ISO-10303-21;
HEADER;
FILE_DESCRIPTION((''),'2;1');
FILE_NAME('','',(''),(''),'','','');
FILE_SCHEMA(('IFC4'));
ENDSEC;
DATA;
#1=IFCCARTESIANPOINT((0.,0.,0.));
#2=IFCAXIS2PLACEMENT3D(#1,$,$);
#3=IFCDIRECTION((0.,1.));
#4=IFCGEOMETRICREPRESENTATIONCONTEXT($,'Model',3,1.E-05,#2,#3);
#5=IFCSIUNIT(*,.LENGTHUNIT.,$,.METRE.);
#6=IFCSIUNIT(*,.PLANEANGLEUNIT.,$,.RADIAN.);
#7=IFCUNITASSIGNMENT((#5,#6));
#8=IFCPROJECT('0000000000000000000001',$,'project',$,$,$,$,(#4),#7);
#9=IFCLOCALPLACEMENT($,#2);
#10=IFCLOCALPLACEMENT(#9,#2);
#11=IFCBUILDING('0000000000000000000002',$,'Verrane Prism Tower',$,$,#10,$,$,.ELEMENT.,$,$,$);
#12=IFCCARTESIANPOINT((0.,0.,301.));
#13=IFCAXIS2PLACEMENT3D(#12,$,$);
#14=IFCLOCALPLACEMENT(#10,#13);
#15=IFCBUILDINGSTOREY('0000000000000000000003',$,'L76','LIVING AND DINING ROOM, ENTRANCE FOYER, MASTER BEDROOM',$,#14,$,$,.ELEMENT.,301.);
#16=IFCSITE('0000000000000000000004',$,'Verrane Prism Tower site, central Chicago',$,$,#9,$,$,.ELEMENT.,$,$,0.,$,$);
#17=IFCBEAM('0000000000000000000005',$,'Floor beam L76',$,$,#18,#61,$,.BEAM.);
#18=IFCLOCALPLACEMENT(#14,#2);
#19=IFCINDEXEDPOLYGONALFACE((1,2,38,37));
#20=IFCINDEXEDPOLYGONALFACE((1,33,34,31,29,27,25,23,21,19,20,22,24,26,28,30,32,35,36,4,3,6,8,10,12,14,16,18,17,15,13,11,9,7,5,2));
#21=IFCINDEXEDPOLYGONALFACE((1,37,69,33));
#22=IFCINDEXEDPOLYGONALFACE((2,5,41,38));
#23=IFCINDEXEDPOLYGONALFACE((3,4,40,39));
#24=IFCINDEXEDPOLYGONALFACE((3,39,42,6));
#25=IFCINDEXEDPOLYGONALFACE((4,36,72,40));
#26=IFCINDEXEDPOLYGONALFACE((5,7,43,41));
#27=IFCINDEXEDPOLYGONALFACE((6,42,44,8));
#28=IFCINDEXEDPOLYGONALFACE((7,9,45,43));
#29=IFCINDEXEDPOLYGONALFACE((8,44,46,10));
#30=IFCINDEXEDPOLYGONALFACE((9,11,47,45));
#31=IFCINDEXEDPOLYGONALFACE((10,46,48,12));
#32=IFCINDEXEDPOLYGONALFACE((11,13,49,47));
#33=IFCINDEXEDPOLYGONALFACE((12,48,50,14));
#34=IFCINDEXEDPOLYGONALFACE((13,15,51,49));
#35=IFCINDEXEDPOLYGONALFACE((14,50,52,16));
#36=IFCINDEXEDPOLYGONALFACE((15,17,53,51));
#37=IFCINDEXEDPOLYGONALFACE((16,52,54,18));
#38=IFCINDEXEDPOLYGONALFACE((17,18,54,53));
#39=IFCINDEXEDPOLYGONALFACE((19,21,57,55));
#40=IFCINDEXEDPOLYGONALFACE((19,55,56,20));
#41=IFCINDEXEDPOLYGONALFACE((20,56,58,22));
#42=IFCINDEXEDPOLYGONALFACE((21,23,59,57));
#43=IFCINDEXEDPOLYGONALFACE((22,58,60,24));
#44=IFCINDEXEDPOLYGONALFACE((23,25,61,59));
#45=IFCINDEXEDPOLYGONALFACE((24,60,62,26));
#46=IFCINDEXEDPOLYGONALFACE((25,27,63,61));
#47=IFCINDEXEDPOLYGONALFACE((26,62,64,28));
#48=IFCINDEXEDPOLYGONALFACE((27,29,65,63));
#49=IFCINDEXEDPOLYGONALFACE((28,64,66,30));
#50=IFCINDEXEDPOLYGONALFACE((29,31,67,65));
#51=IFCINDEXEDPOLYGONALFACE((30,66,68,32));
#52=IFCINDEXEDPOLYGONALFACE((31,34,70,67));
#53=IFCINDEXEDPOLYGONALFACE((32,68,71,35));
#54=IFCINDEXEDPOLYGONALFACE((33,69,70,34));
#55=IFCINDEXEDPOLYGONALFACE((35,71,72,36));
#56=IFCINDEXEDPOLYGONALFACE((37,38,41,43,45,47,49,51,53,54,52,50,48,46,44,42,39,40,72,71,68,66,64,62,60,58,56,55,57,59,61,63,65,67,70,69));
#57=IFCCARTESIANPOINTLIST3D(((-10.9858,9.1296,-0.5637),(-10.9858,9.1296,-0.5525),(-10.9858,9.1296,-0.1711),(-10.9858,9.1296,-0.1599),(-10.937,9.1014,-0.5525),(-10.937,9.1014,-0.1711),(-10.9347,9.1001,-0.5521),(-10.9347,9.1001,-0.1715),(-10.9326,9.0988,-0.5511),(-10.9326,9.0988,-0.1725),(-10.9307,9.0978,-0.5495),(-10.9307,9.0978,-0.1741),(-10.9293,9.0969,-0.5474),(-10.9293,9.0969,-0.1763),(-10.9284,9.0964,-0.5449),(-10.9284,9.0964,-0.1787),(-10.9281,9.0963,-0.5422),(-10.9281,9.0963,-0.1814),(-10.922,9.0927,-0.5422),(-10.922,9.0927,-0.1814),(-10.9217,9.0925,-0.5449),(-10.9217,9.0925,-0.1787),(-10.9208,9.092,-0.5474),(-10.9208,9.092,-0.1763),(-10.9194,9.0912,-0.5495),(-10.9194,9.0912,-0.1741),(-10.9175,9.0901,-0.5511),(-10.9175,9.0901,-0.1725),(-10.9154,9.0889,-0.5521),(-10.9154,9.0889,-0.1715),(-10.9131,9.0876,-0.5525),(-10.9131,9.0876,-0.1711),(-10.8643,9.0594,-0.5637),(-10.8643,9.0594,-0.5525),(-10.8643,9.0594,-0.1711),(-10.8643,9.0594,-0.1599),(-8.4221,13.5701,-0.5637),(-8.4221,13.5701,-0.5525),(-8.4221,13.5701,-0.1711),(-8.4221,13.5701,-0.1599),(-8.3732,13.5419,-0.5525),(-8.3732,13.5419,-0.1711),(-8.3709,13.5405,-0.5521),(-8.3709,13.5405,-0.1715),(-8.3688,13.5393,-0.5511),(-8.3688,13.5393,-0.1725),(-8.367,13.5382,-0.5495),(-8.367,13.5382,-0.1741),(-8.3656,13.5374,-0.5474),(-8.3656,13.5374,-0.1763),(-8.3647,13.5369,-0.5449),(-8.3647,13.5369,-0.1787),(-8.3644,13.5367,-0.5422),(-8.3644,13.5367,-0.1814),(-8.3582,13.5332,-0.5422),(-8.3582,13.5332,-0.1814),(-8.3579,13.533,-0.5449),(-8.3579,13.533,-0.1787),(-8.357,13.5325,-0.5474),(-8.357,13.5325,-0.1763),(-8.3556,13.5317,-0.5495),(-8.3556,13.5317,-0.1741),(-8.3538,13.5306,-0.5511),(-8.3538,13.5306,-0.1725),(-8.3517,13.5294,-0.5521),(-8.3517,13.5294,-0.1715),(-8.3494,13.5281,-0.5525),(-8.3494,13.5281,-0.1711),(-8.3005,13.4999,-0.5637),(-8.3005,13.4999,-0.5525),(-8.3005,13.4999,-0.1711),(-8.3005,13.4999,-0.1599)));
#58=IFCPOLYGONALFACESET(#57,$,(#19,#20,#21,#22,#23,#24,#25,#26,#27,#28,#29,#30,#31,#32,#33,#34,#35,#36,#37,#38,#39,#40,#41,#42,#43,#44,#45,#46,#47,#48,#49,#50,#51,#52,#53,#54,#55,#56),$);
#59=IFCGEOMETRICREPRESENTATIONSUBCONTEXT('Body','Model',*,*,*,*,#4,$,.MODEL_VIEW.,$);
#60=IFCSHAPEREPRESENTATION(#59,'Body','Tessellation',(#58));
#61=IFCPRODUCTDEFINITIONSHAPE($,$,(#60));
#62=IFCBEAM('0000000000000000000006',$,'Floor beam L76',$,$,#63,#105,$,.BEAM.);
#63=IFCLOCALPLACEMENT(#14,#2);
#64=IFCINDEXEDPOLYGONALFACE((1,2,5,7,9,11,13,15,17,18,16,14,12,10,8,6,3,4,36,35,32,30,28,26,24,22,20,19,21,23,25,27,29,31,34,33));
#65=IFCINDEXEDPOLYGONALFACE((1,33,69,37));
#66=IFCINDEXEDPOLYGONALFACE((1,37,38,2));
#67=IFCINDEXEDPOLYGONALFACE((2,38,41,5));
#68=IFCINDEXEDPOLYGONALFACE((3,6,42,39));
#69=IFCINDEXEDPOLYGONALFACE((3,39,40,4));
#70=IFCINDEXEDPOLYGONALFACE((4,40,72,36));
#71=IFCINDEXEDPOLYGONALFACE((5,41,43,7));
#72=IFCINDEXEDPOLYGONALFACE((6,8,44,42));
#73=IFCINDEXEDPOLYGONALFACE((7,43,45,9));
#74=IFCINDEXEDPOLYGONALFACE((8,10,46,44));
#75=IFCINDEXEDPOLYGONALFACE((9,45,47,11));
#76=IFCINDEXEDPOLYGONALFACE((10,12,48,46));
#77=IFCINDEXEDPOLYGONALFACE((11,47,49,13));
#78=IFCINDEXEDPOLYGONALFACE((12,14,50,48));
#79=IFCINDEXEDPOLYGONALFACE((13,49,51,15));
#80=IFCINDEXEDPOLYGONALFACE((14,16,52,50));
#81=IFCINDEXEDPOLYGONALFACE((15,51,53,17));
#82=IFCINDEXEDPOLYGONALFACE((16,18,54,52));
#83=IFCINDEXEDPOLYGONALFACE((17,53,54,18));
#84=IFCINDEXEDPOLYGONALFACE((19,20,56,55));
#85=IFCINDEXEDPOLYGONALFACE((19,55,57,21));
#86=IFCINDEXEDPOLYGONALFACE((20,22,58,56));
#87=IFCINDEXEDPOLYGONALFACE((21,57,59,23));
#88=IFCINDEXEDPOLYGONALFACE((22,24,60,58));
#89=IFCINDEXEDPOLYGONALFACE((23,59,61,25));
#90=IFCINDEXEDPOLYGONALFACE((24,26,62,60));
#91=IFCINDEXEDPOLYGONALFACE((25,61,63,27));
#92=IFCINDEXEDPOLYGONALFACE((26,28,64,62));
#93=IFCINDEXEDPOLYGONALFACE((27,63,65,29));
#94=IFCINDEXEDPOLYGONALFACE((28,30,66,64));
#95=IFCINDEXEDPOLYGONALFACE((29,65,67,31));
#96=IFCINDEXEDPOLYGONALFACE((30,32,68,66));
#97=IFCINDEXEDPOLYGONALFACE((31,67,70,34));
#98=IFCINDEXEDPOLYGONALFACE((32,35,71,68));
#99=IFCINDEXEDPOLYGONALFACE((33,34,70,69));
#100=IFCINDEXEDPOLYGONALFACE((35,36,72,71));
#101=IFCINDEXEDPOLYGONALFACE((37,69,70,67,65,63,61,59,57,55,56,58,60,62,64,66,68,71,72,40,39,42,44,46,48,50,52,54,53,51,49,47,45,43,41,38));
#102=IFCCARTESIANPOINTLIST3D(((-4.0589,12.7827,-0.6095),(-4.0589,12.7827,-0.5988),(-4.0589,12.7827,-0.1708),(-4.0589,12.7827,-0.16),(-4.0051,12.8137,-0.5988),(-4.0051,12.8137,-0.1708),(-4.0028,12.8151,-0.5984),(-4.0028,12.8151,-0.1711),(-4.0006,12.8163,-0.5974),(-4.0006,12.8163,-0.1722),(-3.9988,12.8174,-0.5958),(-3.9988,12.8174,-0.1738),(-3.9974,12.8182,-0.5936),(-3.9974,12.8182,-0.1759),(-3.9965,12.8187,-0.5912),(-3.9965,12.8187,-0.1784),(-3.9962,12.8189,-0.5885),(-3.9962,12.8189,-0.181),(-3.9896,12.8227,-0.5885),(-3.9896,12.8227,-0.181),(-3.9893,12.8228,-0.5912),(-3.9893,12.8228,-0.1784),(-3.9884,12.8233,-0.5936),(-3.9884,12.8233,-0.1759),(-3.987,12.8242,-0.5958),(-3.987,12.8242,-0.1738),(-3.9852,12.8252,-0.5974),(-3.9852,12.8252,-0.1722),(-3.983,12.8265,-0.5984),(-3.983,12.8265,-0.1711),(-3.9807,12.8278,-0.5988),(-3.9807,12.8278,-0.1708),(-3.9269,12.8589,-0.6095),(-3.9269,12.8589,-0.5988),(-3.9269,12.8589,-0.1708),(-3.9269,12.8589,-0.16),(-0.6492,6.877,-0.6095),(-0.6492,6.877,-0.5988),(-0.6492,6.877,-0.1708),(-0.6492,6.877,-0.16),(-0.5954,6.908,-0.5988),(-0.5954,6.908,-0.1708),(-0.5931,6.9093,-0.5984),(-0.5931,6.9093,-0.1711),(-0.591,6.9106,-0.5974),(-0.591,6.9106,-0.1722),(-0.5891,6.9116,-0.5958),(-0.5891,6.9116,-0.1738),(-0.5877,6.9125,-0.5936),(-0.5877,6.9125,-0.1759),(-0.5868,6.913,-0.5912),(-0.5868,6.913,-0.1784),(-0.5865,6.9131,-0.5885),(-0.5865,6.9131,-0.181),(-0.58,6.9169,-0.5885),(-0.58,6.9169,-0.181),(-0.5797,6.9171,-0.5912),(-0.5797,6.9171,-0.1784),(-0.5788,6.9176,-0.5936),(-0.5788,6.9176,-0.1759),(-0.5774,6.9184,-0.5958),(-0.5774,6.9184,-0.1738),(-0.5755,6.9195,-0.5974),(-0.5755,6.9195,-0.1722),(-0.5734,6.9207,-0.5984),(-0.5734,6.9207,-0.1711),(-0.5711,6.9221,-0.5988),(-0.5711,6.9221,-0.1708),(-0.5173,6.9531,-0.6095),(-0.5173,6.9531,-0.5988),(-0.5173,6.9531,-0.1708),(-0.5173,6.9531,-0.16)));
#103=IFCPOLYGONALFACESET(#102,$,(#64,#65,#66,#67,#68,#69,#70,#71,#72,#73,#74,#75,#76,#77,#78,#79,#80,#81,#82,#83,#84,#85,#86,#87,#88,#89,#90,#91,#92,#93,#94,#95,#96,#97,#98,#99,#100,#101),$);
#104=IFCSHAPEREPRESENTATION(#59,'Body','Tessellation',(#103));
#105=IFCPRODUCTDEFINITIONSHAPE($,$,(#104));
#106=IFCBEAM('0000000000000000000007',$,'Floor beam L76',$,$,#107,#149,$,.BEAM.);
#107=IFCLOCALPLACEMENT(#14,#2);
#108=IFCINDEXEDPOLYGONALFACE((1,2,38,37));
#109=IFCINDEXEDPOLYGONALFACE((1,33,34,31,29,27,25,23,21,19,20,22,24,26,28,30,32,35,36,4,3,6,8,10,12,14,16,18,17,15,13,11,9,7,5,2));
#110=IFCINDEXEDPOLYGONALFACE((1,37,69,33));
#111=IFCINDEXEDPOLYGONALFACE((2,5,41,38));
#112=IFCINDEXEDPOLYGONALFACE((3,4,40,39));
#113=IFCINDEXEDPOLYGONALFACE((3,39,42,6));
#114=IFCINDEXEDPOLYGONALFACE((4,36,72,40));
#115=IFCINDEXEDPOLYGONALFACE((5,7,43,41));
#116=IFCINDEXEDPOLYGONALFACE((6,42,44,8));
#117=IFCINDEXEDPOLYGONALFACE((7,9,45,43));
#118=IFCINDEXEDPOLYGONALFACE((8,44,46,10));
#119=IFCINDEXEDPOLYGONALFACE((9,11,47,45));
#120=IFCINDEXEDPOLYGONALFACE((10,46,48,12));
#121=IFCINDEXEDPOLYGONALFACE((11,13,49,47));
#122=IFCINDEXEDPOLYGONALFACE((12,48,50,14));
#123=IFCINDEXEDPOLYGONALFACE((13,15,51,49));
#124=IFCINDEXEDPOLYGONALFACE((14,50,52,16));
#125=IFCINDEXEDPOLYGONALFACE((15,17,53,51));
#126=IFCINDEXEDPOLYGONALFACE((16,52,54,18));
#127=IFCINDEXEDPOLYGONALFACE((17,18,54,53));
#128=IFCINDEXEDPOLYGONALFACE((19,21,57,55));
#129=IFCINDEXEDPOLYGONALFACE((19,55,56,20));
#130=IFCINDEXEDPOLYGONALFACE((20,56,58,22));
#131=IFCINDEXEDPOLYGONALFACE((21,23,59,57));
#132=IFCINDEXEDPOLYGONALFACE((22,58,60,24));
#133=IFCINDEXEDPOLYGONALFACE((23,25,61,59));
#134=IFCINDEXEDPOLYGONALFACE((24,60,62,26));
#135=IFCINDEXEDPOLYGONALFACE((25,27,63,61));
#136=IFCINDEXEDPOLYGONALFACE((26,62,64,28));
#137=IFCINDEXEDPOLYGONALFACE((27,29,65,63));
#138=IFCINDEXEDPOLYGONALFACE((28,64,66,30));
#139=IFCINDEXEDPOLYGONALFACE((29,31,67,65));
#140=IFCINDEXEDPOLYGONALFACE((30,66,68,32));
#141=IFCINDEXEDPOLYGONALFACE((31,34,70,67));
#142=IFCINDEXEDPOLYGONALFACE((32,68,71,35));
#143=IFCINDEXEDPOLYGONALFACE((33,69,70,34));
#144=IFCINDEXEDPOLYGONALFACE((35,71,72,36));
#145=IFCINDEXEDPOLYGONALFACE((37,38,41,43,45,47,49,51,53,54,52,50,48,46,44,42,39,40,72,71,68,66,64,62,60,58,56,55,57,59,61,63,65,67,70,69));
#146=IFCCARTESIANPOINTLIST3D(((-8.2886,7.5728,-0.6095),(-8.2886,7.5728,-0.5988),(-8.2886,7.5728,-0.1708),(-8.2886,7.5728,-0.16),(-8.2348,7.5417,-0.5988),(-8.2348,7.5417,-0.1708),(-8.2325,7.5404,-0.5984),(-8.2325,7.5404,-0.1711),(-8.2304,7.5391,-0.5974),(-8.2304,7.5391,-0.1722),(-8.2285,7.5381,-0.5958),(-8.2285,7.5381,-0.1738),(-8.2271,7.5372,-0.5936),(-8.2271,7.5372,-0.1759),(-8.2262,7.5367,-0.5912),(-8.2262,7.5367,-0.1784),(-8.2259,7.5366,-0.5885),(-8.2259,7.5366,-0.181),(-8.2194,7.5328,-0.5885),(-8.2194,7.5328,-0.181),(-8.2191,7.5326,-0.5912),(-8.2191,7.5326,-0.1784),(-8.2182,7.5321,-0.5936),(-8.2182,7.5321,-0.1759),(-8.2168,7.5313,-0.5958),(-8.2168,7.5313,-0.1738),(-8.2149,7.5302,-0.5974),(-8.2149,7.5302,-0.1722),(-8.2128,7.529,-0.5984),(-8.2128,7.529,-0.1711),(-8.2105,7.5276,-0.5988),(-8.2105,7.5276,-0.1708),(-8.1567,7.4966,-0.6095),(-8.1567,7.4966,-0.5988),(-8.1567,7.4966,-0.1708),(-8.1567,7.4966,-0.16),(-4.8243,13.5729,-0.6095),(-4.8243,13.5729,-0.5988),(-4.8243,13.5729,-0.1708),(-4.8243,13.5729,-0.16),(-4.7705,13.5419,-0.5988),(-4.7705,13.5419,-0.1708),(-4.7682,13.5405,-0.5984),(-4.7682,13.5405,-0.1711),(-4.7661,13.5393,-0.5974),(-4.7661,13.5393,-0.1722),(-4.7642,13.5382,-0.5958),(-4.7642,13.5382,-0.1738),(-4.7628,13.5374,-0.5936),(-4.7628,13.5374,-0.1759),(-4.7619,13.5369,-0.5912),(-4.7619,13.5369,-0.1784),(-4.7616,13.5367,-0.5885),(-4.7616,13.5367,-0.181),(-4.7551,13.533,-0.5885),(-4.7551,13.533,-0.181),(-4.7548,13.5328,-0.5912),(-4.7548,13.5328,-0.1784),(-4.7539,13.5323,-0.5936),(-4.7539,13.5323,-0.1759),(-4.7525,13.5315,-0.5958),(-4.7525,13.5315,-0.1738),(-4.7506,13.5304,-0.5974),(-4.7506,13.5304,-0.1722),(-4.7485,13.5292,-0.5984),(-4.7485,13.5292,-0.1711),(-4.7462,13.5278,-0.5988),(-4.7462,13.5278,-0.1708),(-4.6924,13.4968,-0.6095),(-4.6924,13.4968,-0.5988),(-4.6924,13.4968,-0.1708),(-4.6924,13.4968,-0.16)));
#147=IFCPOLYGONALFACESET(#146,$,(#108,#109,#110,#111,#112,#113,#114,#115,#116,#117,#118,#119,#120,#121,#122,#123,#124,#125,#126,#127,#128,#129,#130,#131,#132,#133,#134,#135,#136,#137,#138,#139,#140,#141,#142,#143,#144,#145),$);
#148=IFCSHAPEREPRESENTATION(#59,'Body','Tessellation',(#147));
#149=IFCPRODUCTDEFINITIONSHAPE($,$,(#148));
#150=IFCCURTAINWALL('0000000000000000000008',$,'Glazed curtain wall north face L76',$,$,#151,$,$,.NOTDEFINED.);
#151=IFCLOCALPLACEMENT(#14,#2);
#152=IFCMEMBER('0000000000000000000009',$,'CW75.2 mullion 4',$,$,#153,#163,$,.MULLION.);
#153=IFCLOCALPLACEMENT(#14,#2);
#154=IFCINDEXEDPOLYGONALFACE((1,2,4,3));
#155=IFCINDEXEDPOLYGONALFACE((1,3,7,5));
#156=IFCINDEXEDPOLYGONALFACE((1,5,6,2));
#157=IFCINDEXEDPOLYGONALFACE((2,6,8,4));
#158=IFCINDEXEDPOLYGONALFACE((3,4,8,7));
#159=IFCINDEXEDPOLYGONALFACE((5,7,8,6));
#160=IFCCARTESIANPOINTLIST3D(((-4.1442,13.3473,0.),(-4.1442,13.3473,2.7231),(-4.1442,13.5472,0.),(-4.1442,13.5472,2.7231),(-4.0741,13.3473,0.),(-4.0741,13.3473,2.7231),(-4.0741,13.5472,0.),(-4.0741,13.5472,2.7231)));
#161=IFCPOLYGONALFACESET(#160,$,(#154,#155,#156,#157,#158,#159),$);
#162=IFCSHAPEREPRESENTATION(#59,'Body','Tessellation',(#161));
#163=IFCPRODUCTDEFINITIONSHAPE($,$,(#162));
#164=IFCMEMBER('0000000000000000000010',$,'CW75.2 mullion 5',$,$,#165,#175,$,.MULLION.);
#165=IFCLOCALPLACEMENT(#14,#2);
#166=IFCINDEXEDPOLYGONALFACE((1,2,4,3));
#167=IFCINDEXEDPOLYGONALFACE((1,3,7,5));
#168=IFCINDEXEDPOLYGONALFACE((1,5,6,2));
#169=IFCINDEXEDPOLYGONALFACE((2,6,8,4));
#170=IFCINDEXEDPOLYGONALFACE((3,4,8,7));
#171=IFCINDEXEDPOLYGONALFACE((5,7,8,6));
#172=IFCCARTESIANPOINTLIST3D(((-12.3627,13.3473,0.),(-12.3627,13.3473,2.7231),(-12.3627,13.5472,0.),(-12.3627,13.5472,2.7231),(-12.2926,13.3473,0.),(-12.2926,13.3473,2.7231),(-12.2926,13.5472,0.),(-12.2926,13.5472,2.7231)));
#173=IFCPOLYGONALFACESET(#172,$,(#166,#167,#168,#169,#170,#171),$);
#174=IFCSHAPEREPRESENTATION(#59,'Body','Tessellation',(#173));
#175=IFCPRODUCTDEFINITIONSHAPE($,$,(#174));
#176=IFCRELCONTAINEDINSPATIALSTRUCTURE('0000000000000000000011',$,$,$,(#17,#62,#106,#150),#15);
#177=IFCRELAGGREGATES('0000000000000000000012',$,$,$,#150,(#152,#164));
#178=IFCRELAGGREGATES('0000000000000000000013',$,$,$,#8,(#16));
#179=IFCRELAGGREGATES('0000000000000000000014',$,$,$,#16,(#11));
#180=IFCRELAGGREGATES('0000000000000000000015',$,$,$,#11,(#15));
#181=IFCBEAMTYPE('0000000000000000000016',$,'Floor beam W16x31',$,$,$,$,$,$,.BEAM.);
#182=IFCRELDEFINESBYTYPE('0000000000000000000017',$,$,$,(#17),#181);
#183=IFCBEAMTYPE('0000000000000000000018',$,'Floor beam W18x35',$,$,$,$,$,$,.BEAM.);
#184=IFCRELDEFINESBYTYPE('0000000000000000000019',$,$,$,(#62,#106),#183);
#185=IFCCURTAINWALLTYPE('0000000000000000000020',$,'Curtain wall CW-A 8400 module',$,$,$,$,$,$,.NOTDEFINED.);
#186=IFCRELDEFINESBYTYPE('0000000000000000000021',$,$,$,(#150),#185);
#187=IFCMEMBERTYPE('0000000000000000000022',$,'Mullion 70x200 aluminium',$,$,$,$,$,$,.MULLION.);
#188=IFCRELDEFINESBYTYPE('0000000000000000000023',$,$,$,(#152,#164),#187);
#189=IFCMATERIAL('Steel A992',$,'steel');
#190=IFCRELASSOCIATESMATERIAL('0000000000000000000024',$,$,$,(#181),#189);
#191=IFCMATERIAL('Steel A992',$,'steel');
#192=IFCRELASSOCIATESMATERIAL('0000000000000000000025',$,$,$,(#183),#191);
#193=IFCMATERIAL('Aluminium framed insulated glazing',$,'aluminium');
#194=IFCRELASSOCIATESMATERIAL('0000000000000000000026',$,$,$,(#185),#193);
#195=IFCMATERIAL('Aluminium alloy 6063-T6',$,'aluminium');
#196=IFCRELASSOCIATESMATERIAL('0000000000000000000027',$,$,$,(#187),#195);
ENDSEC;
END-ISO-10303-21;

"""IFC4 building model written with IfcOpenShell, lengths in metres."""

from ifc_helpers import new_model, si_unit, direction, frame, origin, origin_2d, place, context, subcontext, project, spatial, rectangle, i_section, extrude, material, material_profile, profile_set, type_object, element, aggregate, save


model = new_model("IFC4")

# Units and contexts
model_context = context("Model", 3, precision=1e-05, world=origin(), true_north=direction((0.0, 1.0)))
body_context = subcontext(model_context, "Body", "Model", "MODEL_VIEW")
ifc_project = project(units=[si_unit("LENGTHUNIT", "METRE"), si_unit("PLANEANGLEUNIT", "RADIAN")], contexts=[model_context])

# Site, building, storey
site_placement = place(None, origin())
site = spatial("IfcSite", under=ifc_project, at=site_placement, Name="Verrane Prism Tower site, central Chicago", CompositionType="ELEMENT", RefElevation=0.0)
building_placement = place(site_placement, origin())
building = spatial("IfcBuilding", under=site, at=building_placement, Name="Verrane Prism Tower", CompositionType="ELEMENT")
storey_placement = place(building_placement, frame((0.0, 0.0, 301.0)))
storey = spatial("IfcBuildingStorey", under=building, at=storey_placement, Name="L76", Description="LIVING AND DINING ROOM, ENTRANCE FOYER, MASTER BEDROOM", CompositionType="ELEMENT", Elevation=301.0)

# Beams
ifc_material_1 = material(Name="Steel A992", Category="steel")
ifc_material_profile_1 = material_profile(ifc_material_1, i_section(OverallWidth=0.1404, OverallDepth=0.4038, WebThickness=0.0071, FlangeThickness=0.0112, FilletRadius=0.0103, at=origin_2d()), Name="W16x31")
ifc_profile_set_1 = profile_set([ifc_material_profile_1], Name="Steel A992")
beam_type_1 = type_object("IfcBeamType", Name="Floor beam W16x31", PredefinedType="BEAM", material=ifc_profile_set_1)
beam_1_placement = place(storey_placement, frame((-10.925, 9.0945, -0.3618), z_axis=(0.500005, 0.866022, 0.0), x_axis=(-0.866022, 0.500005, 0.0)))
element("IfcBeam", 1, at=beam_1_placement, inside=storey, type_object=beam_type_1, Name="Floor beam L76", PredefinedType="BEAM", context=body_context, shape_type="SweptSolid", body=[
    extrude(i_section(OverallWidth=0.1404, OverallDepth=0.4038, WebThickness=0.0071, FlangeThickness=0.0112, FilletRadius=0.0103, at=origin_2d()), origin(), (0.0, 0.0, 1.0), 5.1274),
])
ifc_material_2 = material(Name="Steel A992", Category="steel")
ifc_material_profile_2 = material_profile(ifc_material_2, i_section(OverallWidth=0.1523, OverallDepth=0.4495, WebThickness=0.0076, FlangeThickness=0.0107, FilletRadius=0.0103, at=origin_2d()), Name="W18x35")
ifc_profile_set_2 = profile_set([ifc_material_profile_2], Name="Steel A992")
beam_type_2 = type_object("IfcBeamType", Name="Floor beam W18x35", PredefinedType="BEAM", material=ifc_profile_set_2)
beam_2_placement = place(storey_placement, frame((-0.5833, 6.915, -0.3848), z_axis=(-0.499997, 0.866027, 0.0), x_axis=(-0.866027, -0.499997, 0.0)))
element("IfcBeam", 2, at=beam_2_placement, inside=storey, type_object=beam_type_2, Name="Floor beam L76", PredefinedType="BEAM", context=body_context, shape_type="SweptSolid", body=[
    extrude(i_section(OverallWidth=0.1523, OverallDepth=0.4495, WebThickness=0.0076, FlangeThickness=0.0107, FilletRadius=0.0103, at=origin_2d()), origin(), (0.0, 0.0, 1.0), 6.8193),
])
beam_3_placement = place(storey_placement, frame((-8.2227, 7.5347, -0.3848), z_axis=(0.500012, 0.866018, 0.0), x_axis=(-0.866018, 0.500012, 0.0)))
element("IfcBeam", 3, at=beam_3_placement, inside=storey, type_object=beam_type_2, Name="Floor beam L76", PredefinedType="BEAM", context=body_context, shape_type="SweptSolid", body=[
    extrude(i_section(OverallWidth=0.1523, OverallDepth=0.4495, WebThickness=0.0076, FlangeThickness=0.0107, FilletRadius=0.0103, at=origin_2d()), origin(), (0.0, 0.0, 1.0), 6.9285),
])

# Curtain wall, members
ifc_material_3 = material(Name="Aluminium framed insulated glazing", Category="aluminium")
curtain_wall_type = type_object("IfcCurtainWallType", Name="Curtain wall CW-A 8400 module", PredefinedType="NOTDEFINED", material=ifc_material_3)
curtain_wall_placement = place(storey_placement, origin())
curtain_wall = element("IfcCurtainWall", 4, at=curtain_wall_placement, inside=storey, type_object=curtain_wall_type, Name="Glazed curtain wall north face L76", PredefinedType="NOTDEFINED")
ifc_material_4 = material(Name="Aluminium alloy 6063-T6", Category="aluminium")
ifc_material_profile_3 = material_profile(ifc_material_4, rectangle(XDim=0.2, YDim=0.0701, at=origin_2d()), Name="Mullion 70x200 aluminium")
ifc_profile_set_3 = profile_set([ifc_material_profile_3], Name="Aluminium alloy 6063-T6")
member_type_1 = type_object("IfcMemberType", Name="Mullion 70x200 aluminium", PredefinedType="MULLION", material=ifc_profile_set_3)
member_1_placement = place(storey_placement, frame((-4.1091, 13.4473, 0.0), z_axis=(0.0, 0.0, 1.0), x_axis=(0.0, -1.0, 0.0)))
member_1 = element("IfcMember", 5, at=member_1_placement, type_object=member_type_1, Name="CW75.2 mullion 4", PredefinedType="MULLION", context=body_context, shape_type="SweptSolid", body=[
    extrude(rectangle(XDim=0.2, YDim=0.0701, at=origin_2d()), origin(), (0.0, 0.0, 1.0), 2.7231),
])
member_2_placement = place(storey_placement, frame((-12.3276, 13.4473, 0.0), z_axis=(0.0, 0.0, 1.0), x_axis=(0.0, -1.0, 0.0)))
member_2 = element("IfcMember", 6, at=member_2_placement, type_object=member_type_1, Name="CW75.2 mullion 5", PredefinedType="MULLION", context=body_context, shape_type="SweptSolid", body=[
    extrude(rectangle(XDim=0.2, YDim=0.0701, at=origin_2d()), origin(), (0.0, 0.0, 1.0), 2.7231),
])

aggregate(curtain_wall, [member_1, member_2])

save(model, "model.ifc")
